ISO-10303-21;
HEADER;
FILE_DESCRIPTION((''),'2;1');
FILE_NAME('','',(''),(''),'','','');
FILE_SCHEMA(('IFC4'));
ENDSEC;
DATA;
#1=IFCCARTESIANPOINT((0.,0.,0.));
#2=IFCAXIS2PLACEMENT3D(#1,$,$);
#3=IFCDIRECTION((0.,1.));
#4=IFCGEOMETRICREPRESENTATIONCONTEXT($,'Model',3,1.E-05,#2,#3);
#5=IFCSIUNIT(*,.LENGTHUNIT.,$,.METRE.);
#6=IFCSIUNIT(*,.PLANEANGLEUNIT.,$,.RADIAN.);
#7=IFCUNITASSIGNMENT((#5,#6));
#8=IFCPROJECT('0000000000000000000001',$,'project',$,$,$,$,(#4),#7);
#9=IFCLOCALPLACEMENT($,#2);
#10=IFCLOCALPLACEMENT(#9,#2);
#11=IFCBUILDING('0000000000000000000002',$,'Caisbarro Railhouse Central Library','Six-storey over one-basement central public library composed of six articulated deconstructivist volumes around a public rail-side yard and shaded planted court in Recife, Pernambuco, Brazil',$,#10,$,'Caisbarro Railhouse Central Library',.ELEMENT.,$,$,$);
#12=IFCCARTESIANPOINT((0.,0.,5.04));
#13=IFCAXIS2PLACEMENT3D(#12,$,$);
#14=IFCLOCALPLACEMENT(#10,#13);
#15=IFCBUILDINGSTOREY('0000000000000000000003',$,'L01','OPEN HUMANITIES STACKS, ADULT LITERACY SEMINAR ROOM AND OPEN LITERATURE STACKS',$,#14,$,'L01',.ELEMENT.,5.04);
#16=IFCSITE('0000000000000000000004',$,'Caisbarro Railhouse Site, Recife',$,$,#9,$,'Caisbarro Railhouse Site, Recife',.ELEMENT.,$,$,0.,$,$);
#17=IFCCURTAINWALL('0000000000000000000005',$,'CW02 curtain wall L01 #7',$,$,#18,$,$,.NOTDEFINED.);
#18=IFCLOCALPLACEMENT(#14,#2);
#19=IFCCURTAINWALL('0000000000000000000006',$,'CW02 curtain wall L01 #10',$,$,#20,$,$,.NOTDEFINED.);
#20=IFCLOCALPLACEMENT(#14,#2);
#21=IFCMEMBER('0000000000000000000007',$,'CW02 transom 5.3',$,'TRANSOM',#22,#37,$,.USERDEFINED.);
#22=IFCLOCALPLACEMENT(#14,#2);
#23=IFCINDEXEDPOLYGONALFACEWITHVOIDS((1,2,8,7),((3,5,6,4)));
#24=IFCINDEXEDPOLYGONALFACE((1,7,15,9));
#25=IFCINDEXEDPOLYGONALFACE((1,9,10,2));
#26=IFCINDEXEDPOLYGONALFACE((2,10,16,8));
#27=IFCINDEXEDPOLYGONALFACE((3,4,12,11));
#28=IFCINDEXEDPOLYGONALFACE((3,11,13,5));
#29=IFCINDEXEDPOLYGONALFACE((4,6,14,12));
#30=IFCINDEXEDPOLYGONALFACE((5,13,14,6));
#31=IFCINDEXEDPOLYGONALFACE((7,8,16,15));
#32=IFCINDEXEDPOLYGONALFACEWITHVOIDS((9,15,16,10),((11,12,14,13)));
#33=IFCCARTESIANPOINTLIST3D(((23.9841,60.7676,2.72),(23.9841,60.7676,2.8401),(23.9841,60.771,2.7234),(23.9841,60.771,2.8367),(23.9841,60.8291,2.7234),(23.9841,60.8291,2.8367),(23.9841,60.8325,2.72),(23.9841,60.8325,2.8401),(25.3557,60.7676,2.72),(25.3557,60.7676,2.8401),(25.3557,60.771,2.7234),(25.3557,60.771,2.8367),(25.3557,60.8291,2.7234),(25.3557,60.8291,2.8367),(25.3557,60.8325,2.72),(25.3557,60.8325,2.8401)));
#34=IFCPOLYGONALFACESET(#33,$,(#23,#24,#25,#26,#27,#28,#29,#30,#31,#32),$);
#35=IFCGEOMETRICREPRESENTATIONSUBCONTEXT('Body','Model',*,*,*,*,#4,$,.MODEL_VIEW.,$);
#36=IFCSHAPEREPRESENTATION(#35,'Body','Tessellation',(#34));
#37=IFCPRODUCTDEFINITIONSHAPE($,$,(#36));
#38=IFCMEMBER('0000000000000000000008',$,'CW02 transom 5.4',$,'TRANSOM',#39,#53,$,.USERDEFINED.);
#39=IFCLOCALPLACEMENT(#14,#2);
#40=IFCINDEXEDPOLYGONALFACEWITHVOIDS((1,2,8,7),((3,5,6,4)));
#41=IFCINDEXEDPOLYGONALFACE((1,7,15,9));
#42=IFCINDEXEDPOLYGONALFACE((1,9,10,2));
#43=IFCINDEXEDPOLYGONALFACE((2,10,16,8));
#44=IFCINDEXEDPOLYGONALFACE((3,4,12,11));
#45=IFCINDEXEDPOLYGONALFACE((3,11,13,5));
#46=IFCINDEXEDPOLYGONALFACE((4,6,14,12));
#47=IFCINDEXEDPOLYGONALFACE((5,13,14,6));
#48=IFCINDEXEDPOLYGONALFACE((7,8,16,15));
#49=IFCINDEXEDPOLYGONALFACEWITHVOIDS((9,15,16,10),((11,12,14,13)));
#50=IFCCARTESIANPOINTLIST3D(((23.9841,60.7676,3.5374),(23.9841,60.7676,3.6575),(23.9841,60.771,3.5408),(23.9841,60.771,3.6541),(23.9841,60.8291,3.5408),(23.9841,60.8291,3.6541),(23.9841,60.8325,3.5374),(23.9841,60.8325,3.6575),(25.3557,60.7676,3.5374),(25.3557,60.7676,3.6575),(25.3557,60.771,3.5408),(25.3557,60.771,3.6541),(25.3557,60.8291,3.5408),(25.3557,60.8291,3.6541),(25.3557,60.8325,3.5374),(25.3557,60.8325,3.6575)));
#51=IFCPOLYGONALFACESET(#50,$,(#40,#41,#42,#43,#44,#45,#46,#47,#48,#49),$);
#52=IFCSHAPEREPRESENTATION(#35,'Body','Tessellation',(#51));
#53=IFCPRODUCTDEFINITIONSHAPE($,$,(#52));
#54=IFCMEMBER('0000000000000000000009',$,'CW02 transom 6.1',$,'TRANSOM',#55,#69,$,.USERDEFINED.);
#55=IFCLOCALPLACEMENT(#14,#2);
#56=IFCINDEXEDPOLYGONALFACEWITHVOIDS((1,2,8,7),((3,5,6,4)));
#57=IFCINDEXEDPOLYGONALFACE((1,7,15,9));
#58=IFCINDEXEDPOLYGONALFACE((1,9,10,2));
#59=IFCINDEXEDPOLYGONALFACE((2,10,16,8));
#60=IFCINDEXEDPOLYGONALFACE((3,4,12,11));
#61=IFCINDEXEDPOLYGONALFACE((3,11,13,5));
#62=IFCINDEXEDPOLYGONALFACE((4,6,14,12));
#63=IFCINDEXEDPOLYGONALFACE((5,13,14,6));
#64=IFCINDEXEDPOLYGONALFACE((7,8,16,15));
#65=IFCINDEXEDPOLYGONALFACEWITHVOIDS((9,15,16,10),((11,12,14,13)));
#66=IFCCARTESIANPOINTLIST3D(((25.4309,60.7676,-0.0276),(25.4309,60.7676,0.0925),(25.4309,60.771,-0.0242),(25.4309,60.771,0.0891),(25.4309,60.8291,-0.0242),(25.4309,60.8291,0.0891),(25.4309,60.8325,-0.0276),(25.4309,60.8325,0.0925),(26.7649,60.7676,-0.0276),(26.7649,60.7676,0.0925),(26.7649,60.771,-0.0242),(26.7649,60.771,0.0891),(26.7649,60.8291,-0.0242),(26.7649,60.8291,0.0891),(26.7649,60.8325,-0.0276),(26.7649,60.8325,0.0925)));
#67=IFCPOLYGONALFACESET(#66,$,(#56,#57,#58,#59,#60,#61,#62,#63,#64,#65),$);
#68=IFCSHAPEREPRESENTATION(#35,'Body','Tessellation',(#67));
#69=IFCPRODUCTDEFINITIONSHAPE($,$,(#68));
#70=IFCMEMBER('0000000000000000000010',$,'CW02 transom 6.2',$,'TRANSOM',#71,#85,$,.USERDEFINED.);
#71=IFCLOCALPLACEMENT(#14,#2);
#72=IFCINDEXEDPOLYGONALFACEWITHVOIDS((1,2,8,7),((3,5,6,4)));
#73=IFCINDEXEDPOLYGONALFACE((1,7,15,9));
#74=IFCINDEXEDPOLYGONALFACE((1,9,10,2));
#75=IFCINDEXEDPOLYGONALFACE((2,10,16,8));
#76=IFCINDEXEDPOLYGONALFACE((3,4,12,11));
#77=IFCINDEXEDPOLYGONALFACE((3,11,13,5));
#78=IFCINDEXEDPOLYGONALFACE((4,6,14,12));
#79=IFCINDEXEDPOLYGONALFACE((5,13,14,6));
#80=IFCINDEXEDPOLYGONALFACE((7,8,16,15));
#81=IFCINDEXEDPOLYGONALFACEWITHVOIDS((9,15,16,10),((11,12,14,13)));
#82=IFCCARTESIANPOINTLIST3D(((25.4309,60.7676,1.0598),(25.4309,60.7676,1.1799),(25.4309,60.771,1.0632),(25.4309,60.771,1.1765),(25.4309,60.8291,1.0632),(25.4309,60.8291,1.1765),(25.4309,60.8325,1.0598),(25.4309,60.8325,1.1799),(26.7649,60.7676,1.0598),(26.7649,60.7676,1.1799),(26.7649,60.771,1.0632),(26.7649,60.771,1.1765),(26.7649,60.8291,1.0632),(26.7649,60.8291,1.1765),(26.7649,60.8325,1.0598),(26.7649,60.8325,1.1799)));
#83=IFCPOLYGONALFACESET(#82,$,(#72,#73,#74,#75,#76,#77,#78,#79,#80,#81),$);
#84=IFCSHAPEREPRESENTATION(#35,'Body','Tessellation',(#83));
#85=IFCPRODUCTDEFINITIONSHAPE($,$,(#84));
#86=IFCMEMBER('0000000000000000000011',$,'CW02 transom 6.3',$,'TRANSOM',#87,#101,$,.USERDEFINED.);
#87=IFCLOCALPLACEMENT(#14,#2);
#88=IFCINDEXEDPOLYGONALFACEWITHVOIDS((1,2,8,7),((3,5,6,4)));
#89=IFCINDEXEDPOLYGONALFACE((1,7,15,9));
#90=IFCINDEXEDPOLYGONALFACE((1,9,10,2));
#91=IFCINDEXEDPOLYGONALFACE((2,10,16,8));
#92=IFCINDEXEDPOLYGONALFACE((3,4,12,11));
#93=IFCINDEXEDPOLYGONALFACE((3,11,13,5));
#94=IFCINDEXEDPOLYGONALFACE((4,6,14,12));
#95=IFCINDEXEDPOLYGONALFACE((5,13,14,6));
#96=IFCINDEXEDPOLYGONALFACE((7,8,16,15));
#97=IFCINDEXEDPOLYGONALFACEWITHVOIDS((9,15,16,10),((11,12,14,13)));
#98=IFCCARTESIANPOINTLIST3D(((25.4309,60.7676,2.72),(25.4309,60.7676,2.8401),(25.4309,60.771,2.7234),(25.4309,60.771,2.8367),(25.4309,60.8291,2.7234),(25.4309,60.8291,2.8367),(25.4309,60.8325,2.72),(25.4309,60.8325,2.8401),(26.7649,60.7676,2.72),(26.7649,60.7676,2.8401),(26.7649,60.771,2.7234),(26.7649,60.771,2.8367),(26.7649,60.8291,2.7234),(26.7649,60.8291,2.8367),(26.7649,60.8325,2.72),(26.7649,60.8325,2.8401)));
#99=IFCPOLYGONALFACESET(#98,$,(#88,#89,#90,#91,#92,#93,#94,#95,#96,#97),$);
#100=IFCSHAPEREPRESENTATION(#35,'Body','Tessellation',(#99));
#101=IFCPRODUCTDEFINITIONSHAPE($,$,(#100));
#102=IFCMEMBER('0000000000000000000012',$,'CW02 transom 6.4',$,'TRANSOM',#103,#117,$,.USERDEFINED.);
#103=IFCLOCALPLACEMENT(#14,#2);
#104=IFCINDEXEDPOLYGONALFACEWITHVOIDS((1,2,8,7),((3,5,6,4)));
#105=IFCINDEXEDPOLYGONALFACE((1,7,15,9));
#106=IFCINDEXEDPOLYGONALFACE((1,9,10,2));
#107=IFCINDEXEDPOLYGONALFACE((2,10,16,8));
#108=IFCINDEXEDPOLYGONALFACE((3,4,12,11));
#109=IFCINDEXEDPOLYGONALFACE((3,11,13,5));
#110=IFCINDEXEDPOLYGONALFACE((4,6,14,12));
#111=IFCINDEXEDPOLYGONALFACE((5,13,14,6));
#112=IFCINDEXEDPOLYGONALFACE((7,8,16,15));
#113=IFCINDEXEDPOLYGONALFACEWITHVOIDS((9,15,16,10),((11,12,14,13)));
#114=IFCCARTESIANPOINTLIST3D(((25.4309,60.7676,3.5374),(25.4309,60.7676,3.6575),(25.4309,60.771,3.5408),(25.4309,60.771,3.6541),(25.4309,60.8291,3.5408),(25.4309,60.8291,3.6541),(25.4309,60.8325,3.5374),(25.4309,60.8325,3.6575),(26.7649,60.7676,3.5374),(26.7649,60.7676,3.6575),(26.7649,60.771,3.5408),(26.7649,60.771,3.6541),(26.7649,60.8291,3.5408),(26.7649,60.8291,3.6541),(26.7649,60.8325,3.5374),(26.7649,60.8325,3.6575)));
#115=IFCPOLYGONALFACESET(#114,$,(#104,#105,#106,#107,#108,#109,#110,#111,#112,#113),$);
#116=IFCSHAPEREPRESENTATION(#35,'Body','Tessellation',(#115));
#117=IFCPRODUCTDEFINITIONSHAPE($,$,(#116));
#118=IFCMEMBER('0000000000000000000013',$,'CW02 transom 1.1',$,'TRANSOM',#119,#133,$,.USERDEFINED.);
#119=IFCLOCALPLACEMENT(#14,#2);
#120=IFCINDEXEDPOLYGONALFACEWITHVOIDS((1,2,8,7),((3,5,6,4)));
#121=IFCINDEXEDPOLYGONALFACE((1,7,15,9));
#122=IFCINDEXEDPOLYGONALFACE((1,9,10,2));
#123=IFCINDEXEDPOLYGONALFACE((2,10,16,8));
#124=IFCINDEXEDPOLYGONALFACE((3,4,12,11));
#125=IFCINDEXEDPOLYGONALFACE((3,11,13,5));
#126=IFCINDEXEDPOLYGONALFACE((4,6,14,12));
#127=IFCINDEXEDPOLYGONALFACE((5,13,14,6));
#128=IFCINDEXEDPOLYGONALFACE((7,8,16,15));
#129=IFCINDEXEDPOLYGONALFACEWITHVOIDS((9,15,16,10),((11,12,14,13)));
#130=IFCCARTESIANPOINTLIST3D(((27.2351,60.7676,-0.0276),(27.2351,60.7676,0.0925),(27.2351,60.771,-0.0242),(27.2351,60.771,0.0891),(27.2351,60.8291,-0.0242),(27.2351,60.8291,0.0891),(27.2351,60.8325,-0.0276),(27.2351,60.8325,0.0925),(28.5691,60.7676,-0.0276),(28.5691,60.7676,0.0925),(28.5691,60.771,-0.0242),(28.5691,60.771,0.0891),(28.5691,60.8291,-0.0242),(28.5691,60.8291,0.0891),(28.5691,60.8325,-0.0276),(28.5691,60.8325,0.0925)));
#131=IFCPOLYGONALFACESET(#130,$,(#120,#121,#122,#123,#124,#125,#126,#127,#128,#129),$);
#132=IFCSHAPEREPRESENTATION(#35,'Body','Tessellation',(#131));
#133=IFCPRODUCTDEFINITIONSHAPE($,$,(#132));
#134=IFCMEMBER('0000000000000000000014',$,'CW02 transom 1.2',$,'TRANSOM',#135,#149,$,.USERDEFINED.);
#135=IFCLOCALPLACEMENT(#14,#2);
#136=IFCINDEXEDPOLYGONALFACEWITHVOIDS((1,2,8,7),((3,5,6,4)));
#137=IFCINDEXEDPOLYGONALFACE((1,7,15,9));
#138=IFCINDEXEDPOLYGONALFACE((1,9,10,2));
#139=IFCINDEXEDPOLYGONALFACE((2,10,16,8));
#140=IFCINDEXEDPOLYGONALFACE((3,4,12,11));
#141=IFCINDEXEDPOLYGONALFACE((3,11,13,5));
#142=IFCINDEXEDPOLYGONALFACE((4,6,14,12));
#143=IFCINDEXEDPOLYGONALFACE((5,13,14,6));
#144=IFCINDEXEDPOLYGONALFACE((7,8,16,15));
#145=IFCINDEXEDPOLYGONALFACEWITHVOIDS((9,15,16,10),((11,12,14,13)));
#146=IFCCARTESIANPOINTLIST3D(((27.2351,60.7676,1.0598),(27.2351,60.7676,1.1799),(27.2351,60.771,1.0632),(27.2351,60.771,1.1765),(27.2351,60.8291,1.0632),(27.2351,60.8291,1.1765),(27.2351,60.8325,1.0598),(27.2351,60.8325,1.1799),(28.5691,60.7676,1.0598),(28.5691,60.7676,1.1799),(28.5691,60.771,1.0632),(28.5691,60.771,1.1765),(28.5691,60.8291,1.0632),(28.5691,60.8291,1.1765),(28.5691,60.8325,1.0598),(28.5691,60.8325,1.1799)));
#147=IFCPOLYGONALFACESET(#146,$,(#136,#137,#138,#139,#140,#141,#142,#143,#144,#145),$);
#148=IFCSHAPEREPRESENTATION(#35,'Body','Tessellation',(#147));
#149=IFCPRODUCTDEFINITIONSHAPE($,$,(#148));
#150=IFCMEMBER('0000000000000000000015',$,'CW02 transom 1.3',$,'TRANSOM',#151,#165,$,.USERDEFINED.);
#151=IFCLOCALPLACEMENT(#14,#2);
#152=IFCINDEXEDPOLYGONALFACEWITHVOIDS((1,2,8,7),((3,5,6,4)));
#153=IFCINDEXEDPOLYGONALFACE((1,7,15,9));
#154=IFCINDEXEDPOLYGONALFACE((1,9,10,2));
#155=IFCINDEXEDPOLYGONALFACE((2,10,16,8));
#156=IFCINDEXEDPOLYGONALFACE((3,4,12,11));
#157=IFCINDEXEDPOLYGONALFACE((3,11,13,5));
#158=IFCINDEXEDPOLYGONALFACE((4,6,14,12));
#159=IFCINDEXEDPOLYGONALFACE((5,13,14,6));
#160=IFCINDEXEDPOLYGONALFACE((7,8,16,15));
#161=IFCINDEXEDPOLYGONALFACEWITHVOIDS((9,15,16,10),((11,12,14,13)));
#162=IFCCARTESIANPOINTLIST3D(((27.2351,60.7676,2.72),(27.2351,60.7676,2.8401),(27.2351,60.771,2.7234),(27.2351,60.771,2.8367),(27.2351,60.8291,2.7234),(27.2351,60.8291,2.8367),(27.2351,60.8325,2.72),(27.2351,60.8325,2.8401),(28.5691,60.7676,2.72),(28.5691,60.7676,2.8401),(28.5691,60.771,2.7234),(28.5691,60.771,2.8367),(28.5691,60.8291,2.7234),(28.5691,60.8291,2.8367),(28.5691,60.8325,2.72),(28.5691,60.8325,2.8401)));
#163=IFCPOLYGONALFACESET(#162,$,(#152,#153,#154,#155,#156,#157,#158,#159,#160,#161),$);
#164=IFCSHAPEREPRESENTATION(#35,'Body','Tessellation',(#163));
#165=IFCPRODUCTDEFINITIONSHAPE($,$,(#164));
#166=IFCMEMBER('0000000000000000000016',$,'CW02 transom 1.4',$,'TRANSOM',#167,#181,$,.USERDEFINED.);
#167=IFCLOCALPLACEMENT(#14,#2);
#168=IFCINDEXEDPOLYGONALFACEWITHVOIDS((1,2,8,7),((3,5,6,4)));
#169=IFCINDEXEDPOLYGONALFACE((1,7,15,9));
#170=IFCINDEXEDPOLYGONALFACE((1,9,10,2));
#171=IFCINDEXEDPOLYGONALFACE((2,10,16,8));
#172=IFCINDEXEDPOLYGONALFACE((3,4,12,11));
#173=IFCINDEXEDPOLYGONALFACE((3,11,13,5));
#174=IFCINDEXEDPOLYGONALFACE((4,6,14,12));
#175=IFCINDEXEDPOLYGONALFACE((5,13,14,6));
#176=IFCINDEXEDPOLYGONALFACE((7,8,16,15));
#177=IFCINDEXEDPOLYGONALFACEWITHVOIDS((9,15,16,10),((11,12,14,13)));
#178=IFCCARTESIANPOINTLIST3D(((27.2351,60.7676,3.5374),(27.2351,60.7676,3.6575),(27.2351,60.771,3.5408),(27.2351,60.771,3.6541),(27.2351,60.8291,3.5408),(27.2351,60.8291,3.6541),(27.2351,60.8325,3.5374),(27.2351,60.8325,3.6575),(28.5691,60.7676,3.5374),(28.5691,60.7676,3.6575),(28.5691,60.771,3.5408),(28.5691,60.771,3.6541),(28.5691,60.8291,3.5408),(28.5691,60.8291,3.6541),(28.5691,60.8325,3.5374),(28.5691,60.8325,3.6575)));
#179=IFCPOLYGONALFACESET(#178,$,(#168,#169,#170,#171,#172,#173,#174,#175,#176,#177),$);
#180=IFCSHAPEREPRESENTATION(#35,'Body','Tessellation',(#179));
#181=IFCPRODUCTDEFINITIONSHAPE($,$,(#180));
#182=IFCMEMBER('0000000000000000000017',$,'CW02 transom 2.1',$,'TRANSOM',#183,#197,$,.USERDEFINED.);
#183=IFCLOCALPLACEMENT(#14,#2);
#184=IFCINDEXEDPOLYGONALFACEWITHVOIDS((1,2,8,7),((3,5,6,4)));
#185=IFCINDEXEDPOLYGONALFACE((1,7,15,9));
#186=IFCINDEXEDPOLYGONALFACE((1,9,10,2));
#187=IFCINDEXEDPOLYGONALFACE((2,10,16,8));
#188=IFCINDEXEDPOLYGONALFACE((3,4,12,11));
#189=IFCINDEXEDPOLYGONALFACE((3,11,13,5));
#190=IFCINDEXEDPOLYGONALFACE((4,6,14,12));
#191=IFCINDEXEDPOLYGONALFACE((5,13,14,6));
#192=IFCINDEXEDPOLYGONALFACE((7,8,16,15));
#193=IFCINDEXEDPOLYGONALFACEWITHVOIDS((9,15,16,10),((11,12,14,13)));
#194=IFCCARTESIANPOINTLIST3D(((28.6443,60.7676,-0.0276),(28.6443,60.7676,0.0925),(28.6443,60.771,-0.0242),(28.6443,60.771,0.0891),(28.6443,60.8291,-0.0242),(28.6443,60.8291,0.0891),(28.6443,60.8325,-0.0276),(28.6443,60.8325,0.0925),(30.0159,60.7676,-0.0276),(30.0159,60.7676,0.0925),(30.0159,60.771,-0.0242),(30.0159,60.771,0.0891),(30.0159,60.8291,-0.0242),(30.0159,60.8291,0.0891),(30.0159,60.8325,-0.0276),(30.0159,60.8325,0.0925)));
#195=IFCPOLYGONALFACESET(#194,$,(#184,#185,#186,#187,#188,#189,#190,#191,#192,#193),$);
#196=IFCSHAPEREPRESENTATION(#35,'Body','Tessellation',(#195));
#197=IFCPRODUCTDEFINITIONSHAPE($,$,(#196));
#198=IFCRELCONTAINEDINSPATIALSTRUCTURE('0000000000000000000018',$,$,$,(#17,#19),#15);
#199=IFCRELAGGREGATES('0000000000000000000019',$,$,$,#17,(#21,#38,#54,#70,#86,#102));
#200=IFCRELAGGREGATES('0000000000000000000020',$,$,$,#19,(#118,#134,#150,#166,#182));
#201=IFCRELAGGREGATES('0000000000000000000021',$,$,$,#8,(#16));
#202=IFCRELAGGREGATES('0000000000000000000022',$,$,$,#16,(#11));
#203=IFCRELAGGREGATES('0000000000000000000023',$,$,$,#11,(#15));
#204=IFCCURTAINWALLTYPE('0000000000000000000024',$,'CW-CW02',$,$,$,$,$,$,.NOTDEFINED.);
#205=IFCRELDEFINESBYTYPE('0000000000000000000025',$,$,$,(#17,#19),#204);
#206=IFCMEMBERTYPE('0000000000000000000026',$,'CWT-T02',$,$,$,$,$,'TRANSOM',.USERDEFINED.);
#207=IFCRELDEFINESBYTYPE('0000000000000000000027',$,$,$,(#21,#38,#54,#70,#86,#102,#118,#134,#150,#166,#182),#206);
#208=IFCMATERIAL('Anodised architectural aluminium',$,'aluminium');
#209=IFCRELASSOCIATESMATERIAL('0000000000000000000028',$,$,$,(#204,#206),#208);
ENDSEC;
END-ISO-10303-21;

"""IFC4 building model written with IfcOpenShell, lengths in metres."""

from ifc_helpers import new_model, si_unit, direction, frame, origin, origin_2d, place, context, subcontext, project, spatial, hollow_rectangle, extrude, material, material_profile, profile_set, type_object, element, aggregate, save


model = new_model("IFC4")

# Units and contexts
model_context = context("Model", 3, precision=1e-05, world=origin(), true_north=direction((0.0, 1.0)))
body_context = subcontext(model_context, "Body", "Model", "MODEL_VIEW")
ifc_project = project(units=[si_unit("LENGTHUNIT", "METRE"), si_unit("PLANEANGLEUNIT", "RADIAN")], contexts=[model_context])

# Site, building, storey
site_placement = place(None, origin())
site = spatial("IfcSite", under=ifc_project, at=site_placement, Name="Caisbarro Railhouse Site, Recife", LongName="Caisbarro Railhouse Site, Recife", CompositionType="ELEMENT", RefElevation=0.0)
building_placement = place(site_placement, origin())
building = spatial("IfcBuilding", under=site, at=building_placement, Name="Caisbarro Railhouse Central Library", Description="Six-storey over one-basement central public library composed of six articulated deconstructivist volumes around a public rail-side yard and shaded planted court in Recife, Pernambuco, Brazil", LongName="Caisbarro Railhouse Central Library", CompositionType="ELEMENT")
storey_placement = place(building_placement, frame((0.0, 0.0, 5.04)))
storey = spatial("IfcBuildingStorey", under=building, at=storey_placement, Name="L01", Description="OPEN HUMANITIES STACKS, ADULT LITERACY SEMINAR ROOM AND OPEN LITERATURE STACKS", LongName="L01", CompositionType="ELEMENT", Elevation=5.04)

# Curtain walls
ifc_material_1 = material(Name="Anodised architectural aluminium", Category="aluminium")
curtain_wall_type = type_object("IfcCurtainWallType", Name="CW-CW02", PredefinedType="NOTDEFINED", material=ifc_material_1)
curtain_wall_1_placement = place(storey_placement, origin())
curtain_wall_1 = element("IfcCurtainWall", 1, at=curtain_wall_1_placement, inside=storey, type_object=curtain_wall_type, Name="CW02 curtain wall L01 #7", PredefinedType="NOTDEFINED")
curtain_wall_2_placement = place(storey_placement, origin())
curtain_wall_2 = element("IfcCurtainWall", 2, at=curtain_wall_2_placement, inside=storey, type_object=curtain_wall_type, Name="CW02 curtain wall L01 #10", PredefinedType="NOTDEFINED")

# Members
ifc_material_profile_1 = material_profile(ifc_material_1, hollow_rectangle(XDim=0.0649, YDim=0.1201, WallThickness=0.0034, at=origin_2d()), Name="ALU-TRN-65X120")
ifc_profile_set_1 = profile_set([ifc_material_profile_1], Name="Anodised architectural aluminium")
member_type_1 = type_object("IfcMemberType", Name="CWT-T02", ElementType="TRANSOM", PredefinedType="USERDEFINED", material=ifc_profile_set_1)
member_1_placement = place(storey_placement, frame((23.9841, 60.8, 2.78), z_axis=(1.0, 0.0, 0.0), x_axis=(0.0, 1.0, 0.0)))
member_1 = element("IfcMember", 3, at=member_1_placement, type_object=member_type_1, Name="CW02 transom 5.3", ObjectType="TRANSOM", PredefinedType="USERDEFINED", context=body_context, shape_type="SweptSolid", body=[
    extrude(hollow_rectangle(XDim=0.0649, YDim=0.1201, WallThickness=0.0034, at=origin_2d()), origin(), (0.0, 0.0, 1.0), 1.3716),
])
member_2_placement = place(storey_placement, frame((23.9841, 60.8, 3.5974), z_axis=(1.0, 0.0, 0.0), x_axis=(0.0, 1.0, 0.0)))
member_2 = element("IfcMember", 4, at=member_2_placement, type_object=member_type_1, Name="CW02 transom 5.4", ObjectType="TRANSOM", PredefinedType="USERDEFINED", context=body_context, shape_type="SweptSolid", body=[
    extrude(hollow_rectangle(XDim=0.0649, YDim=0.1201, WallThickness=0.0034, at=origin_2d()), origin(), (0.0, 0.0, 1.0), 1.3716),
])
member_3_placement = place(storey_placement, frame((25.4309, 60.8, 0.0325), z_axis=(1.0, 0.0, 0.0), x_axis=(0.0, 1.0, 0.0)))
member_3 = element("IfcMember", 5, at=member_3_placement, type_object=member_type_1, Name="CW02 transom 6.1", ObjectType="TRANSOM", PredefinedType="USERDEFINED", context=body_context, shape_type="SweptSolid", body=[
    extrude(hollow_rectangle(XDim=0.0649, YDim=0.1201, WallThickness=0.0034, at=origin_2d()), origin(), (0.0, 0.0, 1.0), 1.334),
])
member_4_placement = place(storey_placement, frame((25.4309, 60.8, 1.1199), z_axis=(1.0, 0.0, 0.0), x_axis=(0.0, 1.0, 0.0)))
member_4 = element("IfcMember", 6, at=member_4_placement, type_object=member_type_1, Name="CW02 transom 6.2", ObjectType="TRANSOM", PredefinedType="USERDEFINED", context=body_context, shape_type="SweptSolid", body=[
    extrude(hollow_rectangle(XDim=0.0649, YDim=0.1201, WallThickness=0.0034, at=origin_2d()), origin(), (0.0, 0.0, 1.0), 1.334),
])
member_5_placement = place(storey_placement, frame((25.4309, 60.8, 2.78), z_axis=(1.0, 0.0, 0.0), x_axis=(0.0, 1.0, 0.0)))
member_5 = element("IfcMember", 7, at=member_5_placement, type_object=member_type_1, Name="CW02 transom 6.3", ObjectType="TRANSOM", PredefinedType="USERDEFINED", context=body_context, shape_type="SweptSolid", body=[
    extrude(hollow_rectangle(XDim=0.0649, YDim=0.1201, WallThickness=0.0034, at=origin_2d()), origin(), (0.0, 0.0, 1.0), 1.334),
])
member_6_placement = place(storey_placement, frame((25.4309, 60.8, 3.5974), z_axis=(1.0, 0.0, 0.0), x_axis=(0.0, 1.0, 0.0)))
member_6 = element("IfcMember", 8, at=member_6_placement, type_object=member_type_1, Name="CW02 transom 6.4", ObjectType="TRANSOM", PredefinedType="USERDEFINED", context=body_context, shape_type="SweptSolid", body=[
    extrude(hollow_rectangle(XDim=0.0649, YDim=0.1201, WallThickness=0.0034, at=origin_2d()), origin(), (0.0, 0.0, 1.0), 1.334),
])
member_7_placement = place(storey_placement, frame((27.2351, 60.8, 0.0325), z_axis=(1.0, 0.0, 0.0), x_axis=(0.0, 1.0, 0.0)))
member_7 = element("IfcMember", 9, at=member_7_placement, type_object=member_type_1, Name="CW02 transom 1.1", ObjectType="TRANSOM", PredefinedType="USERDEFINED", context=body_context, shape_type="SweptSolid", body=[
    extrude(hollow_rectangle(XDim=0.0649, YDim=0.1201, WallThickness=0.0034, at=origin_2d()), origin(), (0.0, 0.0, 1.0), 1.334),
])
member_8_placement = place(storey_placement, frame((27.2351, 60.8, 1.1199), z_axis=(1.0, 0.0, 0.0), x_axis=(0.0, 1.0, 0.0)))
member_8 = element("IfcMember", 10, at=member_8_placement, type_object=member_type_1, Name="CW02 transom 1.2", ObjectType="TRANSOM", PredefinedType="USERDEFINED", context=body_context, shape_type="SweptSolid", body=[
    extrude(hollow_rectangle(XDim=0.0649, YDim=0.1201, WallThickness=0.0034, at=origin_2d()), origin(), (0.0, 0.0, 1.0), 1.334),
])
member_9_placement = place(storey_placement, frame((27.2351, 60.8, 2.78), z_axis=(1.0, 0.0, 0.0), x_axis=(0.0, 1.0, 0.0)))
member_9 = element("IfcMember", 11, at=member_9_placement, type_object=member_type_1, Name="CW02 transom 1.3", ObjectType="TRANSOM", PredefinedType="USERDEFINED", context=body_context, shape_type="SweptSolid", body=[
    extrude(hollow_rectangle(XDim=0.0649, YDim=0.1201, WallThickness=0.0034, at=origin_2d()), origin(), (0.0, 0.0, 1.0), 1.334),
])
member_10_placement = place(storey_placement, frame((27.2351, 60.8, 3.5974), z_axis=(1.0, 0.0, 0.0), x_axis=(0.0, 1.0, 0.0)))
member_10 = element("IfcMember", 12, at=member_10_placement, type_object=member_type_1, Name="CW02 transom 1.4", ObjectType="TRANSOM", PredefinedType="USERDEFINED", context=body_context, shape_type="SweptSolid", body=[
    extrude(hollow_rectangle(XDim=0.0649, YDim=0.1201, WallThickness=0.0034, at=origin_2d()), origin(), (0.0, 0.0, 1.0), 1.334),
])
member_11_placement = place(storey_placement, frame((28.6443, 60.8, 0.0325), z_axis=(1.0, 0.0, 0.0), x_axis=(0.0, 1.0, 0.0)))
member_11 = element("IfcMember", 13, at=member_11_placement, type_object=member_type_1, Name="CW02 transom 2.1", ObjectType="TRANSOM", PredefinedType="USERDEFINED", context=body_context, shape_type="SweptSolid", body=[
    extrude(hollow_rectangle(XDim=0.0649, YDim=0.1201, WallThickness=0.0034, at=origin_2d()), origin(), (0.0, 0.0, 1.0), 1.3716),
])

aggregate(curtain_wall_1, [member_1, member_2, member_3, member_4, member_5, member_6])
aggregate(curtain_wall_2, [member_7, member_8, member_9, member_10, member_11])

save(model, "model.ifc")
